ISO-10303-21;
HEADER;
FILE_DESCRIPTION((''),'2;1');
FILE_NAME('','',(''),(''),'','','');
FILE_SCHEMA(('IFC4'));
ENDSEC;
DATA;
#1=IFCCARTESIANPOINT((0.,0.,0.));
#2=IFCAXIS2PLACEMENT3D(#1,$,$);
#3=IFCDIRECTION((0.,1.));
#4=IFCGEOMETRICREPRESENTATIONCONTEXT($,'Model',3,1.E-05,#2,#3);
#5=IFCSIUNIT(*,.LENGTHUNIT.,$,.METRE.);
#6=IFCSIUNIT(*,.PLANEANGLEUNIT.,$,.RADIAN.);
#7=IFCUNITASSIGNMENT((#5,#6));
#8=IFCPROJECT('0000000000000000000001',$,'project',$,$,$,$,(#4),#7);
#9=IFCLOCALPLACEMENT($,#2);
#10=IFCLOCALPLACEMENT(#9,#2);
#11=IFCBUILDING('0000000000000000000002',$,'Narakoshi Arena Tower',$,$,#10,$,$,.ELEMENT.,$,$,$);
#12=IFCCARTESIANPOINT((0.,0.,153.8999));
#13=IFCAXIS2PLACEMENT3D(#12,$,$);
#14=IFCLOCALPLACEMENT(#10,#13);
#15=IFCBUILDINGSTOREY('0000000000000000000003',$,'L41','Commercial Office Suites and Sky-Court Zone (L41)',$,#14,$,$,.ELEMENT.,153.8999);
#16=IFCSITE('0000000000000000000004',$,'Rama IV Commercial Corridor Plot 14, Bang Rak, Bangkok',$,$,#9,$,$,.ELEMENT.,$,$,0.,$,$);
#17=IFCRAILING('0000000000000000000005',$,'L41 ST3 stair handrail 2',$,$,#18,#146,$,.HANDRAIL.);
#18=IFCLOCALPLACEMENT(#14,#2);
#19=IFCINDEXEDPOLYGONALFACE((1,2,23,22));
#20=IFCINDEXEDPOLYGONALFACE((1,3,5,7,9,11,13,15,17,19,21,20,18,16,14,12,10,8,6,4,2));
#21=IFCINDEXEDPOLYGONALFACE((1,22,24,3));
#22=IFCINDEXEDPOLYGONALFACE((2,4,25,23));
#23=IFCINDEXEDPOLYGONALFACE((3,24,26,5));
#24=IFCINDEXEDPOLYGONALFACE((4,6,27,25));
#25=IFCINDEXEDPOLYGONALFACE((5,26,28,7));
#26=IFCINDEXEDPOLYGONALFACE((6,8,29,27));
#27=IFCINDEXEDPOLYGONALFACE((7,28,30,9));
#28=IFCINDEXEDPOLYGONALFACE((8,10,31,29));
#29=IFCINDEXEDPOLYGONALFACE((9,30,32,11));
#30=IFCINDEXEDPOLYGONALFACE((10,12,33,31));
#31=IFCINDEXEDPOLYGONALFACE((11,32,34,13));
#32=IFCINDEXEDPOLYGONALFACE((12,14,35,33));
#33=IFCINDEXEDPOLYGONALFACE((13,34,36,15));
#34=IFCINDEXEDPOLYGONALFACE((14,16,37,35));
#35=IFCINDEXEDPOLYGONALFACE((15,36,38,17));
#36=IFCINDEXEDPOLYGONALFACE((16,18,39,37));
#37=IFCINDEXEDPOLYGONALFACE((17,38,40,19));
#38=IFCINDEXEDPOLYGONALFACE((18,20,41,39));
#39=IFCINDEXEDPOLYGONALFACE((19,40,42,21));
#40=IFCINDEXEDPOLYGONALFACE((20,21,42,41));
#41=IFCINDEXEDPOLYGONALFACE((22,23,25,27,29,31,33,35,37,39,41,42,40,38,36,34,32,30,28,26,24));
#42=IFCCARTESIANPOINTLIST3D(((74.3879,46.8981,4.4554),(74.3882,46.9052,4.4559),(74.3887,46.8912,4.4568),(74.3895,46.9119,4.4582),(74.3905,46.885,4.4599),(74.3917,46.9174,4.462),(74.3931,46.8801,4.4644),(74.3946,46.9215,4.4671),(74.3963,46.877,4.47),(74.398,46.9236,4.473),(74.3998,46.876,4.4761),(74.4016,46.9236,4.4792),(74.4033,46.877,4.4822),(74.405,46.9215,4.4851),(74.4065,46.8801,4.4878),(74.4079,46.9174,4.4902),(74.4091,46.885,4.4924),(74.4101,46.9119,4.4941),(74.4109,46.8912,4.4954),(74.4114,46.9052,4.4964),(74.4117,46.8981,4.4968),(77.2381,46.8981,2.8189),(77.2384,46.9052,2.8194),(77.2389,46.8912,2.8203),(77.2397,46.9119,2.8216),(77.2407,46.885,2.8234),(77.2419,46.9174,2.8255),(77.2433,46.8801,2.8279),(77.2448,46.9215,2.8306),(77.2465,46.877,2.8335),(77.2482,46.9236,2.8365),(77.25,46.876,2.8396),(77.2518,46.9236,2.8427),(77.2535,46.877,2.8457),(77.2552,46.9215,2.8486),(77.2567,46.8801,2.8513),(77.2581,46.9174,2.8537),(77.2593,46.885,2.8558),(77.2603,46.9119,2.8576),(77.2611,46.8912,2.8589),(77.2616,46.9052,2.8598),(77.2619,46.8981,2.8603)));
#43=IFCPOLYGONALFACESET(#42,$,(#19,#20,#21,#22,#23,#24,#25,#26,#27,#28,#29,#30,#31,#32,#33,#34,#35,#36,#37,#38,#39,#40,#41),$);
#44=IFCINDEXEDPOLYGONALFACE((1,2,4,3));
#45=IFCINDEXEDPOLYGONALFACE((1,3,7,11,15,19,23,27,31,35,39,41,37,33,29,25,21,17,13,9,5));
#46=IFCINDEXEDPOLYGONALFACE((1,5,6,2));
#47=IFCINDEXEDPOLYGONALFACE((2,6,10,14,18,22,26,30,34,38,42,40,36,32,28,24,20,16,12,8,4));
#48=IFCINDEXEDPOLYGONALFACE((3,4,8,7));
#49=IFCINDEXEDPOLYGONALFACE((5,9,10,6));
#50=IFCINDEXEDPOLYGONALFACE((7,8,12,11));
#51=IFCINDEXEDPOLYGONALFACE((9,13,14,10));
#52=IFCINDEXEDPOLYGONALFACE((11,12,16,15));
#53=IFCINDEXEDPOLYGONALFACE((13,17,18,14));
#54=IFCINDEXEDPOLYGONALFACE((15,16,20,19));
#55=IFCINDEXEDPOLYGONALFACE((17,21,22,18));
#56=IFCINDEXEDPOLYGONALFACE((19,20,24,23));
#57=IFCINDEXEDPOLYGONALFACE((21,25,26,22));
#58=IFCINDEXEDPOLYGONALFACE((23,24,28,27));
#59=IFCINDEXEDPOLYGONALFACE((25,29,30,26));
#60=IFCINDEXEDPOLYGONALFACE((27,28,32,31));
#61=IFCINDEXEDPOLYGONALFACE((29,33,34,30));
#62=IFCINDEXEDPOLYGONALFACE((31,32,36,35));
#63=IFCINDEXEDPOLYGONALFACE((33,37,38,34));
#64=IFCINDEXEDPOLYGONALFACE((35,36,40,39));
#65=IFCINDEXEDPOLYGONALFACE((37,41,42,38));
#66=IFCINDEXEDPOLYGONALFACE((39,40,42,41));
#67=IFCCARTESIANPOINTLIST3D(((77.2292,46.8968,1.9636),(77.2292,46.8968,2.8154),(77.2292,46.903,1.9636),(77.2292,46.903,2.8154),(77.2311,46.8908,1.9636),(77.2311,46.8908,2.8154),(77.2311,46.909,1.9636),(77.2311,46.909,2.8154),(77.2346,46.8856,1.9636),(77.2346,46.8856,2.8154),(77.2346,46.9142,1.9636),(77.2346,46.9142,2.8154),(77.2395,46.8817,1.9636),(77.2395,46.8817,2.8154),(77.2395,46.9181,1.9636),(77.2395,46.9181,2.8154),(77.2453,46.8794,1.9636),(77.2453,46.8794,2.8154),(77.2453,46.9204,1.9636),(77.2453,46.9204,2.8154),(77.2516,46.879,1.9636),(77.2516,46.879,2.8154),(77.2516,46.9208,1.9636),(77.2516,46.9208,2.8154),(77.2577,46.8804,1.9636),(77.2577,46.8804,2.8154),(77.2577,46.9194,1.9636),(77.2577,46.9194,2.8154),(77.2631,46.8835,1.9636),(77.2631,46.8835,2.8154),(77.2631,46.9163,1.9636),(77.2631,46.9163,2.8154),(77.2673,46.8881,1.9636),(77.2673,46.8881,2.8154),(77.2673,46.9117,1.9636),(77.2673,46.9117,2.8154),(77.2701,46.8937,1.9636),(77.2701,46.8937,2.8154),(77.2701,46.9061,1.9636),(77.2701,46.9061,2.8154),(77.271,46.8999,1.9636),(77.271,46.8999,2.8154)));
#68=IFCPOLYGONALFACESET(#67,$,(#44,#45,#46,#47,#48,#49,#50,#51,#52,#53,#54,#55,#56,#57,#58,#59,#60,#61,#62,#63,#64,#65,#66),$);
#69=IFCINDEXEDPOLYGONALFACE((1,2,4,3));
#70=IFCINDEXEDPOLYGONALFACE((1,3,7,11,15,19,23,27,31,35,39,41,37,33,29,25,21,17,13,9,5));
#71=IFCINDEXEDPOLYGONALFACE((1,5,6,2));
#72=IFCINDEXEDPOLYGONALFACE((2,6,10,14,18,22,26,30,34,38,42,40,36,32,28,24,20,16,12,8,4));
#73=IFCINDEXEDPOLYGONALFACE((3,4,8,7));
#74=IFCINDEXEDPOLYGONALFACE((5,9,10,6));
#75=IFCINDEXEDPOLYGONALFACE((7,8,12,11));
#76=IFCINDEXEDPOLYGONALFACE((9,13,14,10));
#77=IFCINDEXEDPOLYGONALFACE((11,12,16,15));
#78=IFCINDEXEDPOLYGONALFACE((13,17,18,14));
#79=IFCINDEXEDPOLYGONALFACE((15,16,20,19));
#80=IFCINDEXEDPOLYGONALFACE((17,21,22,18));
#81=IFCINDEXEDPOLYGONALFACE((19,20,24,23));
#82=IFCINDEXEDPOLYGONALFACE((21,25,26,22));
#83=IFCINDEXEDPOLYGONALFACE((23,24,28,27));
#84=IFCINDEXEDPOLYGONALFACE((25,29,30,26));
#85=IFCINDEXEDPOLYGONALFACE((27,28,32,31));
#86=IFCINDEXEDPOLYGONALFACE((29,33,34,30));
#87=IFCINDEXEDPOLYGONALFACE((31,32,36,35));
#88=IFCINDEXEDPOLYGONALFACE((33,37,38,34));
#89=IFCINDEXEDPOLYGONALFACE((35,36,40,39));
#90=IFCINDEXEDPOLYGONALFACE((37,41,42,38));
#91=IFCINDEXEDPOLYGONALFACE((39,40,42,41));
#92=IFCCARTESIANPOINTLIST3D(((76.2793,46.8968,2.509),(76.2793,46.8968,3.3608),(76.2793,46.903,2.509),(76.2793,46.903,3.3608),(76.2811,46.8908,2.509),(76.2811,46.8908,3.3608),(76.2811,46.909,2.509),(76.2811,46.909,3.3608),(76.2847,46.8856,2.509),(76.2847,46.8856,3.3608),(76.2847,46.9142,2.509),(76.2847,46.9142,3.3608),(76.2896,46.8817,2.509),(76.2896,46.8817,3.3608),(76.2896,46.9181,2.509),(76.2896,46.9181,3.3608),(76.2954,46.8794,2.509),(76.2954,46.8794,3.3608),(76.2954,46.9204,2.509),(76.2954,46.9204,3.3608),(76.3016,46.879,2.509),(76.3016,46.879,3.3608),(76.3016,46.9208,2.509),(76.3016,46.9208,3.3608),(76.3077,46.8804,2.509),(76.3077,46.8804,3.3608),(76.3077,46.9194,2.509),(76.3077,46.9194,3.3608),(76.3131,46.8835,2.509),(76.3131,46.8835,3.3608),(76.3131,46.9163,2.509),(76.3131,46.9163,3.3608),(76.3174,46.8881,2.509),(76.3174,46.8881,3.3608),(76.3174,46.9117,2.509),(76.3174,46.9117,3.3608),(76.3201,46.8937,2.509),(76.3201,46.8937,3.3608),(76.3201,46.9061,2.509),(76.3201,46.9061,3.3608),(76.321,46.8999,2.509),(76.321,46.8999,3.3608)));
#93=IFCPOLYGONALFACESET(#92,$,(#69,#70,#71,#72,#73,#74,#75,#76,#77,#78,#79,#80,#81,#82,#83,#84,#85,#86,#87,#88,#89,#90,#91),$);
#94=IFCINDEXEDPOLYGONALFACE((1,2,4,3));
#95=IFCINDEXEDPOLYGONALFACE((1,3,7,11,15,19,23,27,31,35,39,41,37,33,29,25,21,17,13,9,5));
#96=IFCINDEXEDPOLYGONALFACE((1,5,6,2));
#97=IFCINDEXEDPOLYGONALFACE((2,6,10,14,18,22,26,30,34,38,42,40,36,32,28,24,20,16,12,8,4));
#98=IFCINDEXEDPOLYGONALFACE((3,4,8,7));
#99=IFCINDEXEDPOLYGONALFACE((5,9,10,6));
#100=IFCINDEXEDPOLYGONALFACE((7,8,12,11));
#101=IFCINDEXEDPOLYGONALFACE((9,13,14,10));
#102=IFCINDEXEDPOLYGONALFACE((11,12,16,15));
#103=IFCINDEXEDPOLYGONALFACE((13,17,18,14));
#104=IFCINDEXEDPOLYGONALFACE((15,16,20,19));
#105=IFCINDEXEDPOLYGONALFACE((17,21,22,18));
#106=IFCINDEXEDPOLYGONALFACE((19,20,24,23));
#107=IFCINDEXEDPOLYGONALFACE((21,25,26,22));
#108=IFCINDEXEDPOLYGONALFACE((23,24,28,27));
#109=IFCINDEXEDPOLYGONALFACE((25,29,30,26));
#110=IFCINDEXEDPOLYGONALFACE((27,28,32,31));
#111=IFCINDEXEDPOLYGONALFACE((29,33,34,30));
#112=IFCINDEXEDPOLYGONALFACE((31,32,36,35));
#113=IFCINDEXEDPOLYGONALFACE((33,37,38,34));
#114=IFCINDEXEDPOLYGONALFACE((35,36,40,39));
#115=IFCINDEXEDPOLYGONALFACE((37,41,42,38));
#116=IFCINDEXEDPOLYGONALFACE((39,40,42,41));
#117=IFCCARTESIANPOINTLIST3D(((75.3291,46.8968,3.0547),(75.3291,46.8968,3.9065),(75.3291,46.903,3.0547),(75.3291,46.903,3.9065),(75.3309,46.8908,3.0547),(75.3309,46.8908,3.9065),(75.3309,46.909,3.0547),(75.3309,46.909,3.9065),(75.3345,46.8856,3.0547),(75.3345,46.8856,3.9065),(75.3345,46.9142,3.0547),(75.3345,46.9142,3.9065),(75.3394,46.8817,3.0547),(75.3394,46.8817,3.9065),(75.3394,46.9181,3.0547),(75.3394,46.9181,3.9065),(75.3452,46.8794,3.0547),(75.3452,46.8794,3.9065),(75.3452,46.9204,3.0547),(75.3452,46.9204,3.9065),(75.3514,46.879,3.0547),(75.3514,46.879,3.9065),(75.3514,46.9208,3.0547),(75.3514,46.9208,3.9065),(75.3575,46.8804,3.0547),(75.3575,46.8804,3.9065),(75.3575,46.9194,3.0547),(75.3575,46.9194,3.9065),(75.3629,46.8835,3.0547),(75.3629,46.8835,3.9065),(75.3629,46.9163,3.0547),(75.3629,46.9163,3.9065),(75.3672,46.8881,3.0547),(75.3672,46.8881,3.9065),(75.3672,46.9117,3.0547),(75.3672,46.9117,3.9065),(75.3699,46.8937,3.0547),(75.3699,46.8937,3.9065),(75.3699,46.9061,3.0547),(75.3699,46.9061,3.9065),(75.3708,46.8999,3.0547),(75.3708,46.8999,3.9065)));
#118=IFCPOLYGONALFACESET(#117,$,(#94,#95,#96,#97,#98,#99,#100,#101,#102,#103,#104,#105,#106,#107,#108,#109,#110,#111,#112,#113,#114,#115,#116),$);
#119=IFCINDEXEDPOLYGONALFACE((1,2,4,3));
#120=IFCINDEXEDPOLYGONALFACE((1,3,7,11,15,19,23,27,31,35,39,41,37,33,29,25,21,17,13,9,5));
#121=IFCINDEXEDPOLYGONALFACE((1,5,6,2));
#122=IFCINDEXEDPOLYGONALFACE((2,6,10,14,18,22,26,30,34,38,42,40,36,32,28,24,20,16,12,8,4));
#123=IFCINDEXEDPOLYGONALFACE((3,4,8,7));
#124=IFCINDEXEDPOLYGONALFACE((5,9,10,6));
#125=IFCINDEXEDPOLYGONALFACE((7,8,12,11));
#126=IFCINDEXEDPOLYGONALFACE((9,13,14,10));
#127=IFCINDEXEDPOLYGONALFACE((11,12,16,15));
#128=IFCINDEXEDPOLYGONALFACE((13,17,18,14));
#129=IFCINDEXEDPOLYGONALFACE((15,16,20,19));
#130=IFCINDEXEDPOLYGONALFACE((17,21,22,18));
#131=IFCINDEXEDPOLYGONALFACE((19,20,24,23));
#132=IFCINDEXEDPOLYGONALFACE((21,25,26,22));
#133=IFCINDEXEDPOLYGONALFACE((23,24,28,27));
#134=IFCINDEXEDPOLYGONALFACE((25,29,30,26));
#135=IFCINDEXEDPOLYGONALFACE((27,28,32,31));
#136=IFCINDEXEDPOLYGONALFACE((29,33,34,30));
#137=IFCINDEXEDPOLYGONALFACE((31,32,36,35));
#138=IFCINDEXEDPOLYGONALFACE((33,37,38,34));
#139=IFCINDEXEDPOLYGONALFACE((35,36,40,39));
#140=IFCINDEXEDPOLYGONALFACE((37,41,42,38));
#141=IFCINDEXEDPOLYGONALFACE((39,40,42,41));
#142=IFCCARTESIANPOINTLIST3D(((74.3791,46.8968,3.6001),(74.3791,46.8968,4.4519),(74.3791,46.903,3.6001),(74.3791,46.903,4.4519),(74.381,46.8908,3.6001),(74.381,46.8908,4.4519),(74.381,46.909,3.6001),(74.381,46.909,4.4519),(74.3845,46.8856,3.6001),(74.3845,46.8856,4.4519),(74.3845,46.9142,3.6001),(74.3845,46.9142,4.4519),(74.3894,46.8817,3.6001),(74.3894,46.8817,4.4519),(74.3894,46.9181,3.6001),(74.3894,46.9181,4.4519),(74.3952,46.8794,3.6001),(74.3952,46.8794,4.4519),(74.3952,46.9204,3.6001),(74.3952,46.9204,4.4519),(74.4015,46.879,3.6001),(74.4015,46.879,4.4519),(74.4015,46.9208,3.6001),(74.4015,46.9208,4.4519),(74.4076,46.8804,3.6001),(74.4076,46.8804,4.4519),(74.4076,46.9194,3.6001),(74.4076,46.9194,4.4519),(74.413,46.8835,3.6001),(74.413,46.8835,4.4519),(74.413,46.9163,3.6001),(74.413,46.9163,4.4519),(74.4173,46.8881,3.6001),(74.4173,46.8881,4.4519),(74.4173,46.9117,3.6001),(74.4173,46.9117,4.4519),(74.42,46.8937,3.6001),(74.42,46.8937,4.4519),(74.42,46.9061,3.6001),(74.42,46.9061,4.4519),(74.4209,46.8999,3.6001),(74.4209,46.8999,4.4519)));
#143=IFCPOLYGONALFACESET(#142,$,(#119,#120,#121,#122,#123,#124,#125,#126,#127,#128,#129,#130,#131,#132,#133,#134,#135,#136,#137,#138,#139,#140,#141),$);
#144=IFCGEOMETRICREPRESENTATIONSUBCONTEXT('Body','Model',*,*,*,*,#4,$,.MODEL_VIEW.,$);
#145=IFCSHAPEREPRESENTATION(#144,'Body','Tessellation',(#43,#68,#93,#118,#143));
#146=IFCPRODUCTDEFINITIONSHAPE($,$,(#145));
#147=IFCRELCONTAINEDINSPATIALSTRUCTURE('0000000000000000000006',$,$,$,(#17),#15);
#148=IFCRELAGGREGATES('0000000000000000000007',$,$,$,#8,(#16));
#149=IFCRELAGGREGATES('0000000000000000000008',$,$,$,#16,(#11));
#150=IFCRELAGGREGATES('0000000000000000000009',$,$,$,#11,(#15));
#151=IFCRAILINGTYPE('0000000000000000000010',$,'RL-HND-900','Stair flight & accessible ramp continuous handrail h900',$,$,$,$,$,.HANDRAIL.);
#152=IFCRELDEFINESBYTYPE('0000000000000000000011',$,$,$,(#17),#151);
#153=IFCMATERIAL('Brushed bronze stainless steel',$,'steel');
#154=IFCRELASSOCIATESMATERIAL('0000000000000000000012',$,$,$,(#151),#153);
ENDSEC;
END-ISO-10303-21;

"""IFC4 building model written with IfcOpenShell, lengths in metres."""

from ifc_helpers import new_model, si_unit, direction, frame, origin, origin_2d, place, context, subcontext, project, spatial, circle, extrude, material, type_object, element, save


model = new_model("IFC4")

# Units and contexts
model_context = context("Model", 3, precision=1e-05, world=origin(), true_north=direction((0.0, 1.0)))
body_context = subcontext(model_context, "Body", "Model", "MODEL_VIEW")
ifc_project = project(units=[si_unit("LENGTHUNIT", "METRE"), si_unit("PLANEANGLEUNIT", "RADIAN")], contexts=[model_context])

# Site, building, storey
site_placement = place(None, origin())
site = spatial("IfcSite", under=ifc_project, at=site_placement, Name="Rama IV Commercial Corridor Plot 14, Bang Rak, Bangkok", CompositionType="ELEMENT", RefElevation=0.0)
building_placement = place(site_placement, origin())
building = spatial("IfcBuilding", under=site, at=building_placement, Name="Narakoshi Arena Tower", CompositionType="ELEMENT")
storey_placement = place(building_placement, frame((0.0, 0.0, 153.8999)))
storey = spatial("IfcBuildingStorey", under=building, at=storey_placement, Name="L41", Description="Commercial Office Suites and Sky-Court Zone (L41)", CompositionType="ELEMENT", Elevation=153.8999)

# Railing
ifc_material_1 = material(Name="Brushed bronze stainless steel", Category="steel")
railing_type_1 = type_object("IfcRailingType", Name="RL-HND-900", Description="Stair flight & accessible ramp continuous handrail h900", PredefinedType="HANDRAIL", material=ifc_material_1)
railing_1_placement = place(storey_placement, frame((77.25, 46.8999, 1.9636)))
element("IfcRailing", 1, at=railing_1_placement, inside=storey, type_object=railing_type_1, Name="L41 ST3 stair handrail 2", PredefinedType="HANDRAIL", context=body_context, shape_type="SweptSolid", body=[
    extrude(circle(Radius=0.0239, at=origin_2d()), frame((0.0, 0.0, 0.876), z_axis=(-0.867213, 0.0, 0.497938), x_axis=(0.0, -1.0, 0.0)), (0.0, 0.0, 1.0), 3.2866),
    extrude(circle(Radius=0.021, at=origin_2d()), origin(), (0.0, 0.0, 1.0), 0.8518),
    extrude(circle(Radius=0.021, at=origin_2d()), frame((-0.95, 0.0, 0.5454)), (0.0, 0.0, 1.0), 0.8518),
    extrude(circle(Radius=0.021, at=origin_2d()), frame((-1.9001, 0.0, 1.0911)), (0.0, 0.0, 1.0), 0.8518),
    extrude(circle(Radius=0.021, at=origin_2d()), frame((-2.8501, 0.0, 1.6365)), (0.0, 0.0, 1.0), 0.8518),
])

save(model, "model.ifc")
